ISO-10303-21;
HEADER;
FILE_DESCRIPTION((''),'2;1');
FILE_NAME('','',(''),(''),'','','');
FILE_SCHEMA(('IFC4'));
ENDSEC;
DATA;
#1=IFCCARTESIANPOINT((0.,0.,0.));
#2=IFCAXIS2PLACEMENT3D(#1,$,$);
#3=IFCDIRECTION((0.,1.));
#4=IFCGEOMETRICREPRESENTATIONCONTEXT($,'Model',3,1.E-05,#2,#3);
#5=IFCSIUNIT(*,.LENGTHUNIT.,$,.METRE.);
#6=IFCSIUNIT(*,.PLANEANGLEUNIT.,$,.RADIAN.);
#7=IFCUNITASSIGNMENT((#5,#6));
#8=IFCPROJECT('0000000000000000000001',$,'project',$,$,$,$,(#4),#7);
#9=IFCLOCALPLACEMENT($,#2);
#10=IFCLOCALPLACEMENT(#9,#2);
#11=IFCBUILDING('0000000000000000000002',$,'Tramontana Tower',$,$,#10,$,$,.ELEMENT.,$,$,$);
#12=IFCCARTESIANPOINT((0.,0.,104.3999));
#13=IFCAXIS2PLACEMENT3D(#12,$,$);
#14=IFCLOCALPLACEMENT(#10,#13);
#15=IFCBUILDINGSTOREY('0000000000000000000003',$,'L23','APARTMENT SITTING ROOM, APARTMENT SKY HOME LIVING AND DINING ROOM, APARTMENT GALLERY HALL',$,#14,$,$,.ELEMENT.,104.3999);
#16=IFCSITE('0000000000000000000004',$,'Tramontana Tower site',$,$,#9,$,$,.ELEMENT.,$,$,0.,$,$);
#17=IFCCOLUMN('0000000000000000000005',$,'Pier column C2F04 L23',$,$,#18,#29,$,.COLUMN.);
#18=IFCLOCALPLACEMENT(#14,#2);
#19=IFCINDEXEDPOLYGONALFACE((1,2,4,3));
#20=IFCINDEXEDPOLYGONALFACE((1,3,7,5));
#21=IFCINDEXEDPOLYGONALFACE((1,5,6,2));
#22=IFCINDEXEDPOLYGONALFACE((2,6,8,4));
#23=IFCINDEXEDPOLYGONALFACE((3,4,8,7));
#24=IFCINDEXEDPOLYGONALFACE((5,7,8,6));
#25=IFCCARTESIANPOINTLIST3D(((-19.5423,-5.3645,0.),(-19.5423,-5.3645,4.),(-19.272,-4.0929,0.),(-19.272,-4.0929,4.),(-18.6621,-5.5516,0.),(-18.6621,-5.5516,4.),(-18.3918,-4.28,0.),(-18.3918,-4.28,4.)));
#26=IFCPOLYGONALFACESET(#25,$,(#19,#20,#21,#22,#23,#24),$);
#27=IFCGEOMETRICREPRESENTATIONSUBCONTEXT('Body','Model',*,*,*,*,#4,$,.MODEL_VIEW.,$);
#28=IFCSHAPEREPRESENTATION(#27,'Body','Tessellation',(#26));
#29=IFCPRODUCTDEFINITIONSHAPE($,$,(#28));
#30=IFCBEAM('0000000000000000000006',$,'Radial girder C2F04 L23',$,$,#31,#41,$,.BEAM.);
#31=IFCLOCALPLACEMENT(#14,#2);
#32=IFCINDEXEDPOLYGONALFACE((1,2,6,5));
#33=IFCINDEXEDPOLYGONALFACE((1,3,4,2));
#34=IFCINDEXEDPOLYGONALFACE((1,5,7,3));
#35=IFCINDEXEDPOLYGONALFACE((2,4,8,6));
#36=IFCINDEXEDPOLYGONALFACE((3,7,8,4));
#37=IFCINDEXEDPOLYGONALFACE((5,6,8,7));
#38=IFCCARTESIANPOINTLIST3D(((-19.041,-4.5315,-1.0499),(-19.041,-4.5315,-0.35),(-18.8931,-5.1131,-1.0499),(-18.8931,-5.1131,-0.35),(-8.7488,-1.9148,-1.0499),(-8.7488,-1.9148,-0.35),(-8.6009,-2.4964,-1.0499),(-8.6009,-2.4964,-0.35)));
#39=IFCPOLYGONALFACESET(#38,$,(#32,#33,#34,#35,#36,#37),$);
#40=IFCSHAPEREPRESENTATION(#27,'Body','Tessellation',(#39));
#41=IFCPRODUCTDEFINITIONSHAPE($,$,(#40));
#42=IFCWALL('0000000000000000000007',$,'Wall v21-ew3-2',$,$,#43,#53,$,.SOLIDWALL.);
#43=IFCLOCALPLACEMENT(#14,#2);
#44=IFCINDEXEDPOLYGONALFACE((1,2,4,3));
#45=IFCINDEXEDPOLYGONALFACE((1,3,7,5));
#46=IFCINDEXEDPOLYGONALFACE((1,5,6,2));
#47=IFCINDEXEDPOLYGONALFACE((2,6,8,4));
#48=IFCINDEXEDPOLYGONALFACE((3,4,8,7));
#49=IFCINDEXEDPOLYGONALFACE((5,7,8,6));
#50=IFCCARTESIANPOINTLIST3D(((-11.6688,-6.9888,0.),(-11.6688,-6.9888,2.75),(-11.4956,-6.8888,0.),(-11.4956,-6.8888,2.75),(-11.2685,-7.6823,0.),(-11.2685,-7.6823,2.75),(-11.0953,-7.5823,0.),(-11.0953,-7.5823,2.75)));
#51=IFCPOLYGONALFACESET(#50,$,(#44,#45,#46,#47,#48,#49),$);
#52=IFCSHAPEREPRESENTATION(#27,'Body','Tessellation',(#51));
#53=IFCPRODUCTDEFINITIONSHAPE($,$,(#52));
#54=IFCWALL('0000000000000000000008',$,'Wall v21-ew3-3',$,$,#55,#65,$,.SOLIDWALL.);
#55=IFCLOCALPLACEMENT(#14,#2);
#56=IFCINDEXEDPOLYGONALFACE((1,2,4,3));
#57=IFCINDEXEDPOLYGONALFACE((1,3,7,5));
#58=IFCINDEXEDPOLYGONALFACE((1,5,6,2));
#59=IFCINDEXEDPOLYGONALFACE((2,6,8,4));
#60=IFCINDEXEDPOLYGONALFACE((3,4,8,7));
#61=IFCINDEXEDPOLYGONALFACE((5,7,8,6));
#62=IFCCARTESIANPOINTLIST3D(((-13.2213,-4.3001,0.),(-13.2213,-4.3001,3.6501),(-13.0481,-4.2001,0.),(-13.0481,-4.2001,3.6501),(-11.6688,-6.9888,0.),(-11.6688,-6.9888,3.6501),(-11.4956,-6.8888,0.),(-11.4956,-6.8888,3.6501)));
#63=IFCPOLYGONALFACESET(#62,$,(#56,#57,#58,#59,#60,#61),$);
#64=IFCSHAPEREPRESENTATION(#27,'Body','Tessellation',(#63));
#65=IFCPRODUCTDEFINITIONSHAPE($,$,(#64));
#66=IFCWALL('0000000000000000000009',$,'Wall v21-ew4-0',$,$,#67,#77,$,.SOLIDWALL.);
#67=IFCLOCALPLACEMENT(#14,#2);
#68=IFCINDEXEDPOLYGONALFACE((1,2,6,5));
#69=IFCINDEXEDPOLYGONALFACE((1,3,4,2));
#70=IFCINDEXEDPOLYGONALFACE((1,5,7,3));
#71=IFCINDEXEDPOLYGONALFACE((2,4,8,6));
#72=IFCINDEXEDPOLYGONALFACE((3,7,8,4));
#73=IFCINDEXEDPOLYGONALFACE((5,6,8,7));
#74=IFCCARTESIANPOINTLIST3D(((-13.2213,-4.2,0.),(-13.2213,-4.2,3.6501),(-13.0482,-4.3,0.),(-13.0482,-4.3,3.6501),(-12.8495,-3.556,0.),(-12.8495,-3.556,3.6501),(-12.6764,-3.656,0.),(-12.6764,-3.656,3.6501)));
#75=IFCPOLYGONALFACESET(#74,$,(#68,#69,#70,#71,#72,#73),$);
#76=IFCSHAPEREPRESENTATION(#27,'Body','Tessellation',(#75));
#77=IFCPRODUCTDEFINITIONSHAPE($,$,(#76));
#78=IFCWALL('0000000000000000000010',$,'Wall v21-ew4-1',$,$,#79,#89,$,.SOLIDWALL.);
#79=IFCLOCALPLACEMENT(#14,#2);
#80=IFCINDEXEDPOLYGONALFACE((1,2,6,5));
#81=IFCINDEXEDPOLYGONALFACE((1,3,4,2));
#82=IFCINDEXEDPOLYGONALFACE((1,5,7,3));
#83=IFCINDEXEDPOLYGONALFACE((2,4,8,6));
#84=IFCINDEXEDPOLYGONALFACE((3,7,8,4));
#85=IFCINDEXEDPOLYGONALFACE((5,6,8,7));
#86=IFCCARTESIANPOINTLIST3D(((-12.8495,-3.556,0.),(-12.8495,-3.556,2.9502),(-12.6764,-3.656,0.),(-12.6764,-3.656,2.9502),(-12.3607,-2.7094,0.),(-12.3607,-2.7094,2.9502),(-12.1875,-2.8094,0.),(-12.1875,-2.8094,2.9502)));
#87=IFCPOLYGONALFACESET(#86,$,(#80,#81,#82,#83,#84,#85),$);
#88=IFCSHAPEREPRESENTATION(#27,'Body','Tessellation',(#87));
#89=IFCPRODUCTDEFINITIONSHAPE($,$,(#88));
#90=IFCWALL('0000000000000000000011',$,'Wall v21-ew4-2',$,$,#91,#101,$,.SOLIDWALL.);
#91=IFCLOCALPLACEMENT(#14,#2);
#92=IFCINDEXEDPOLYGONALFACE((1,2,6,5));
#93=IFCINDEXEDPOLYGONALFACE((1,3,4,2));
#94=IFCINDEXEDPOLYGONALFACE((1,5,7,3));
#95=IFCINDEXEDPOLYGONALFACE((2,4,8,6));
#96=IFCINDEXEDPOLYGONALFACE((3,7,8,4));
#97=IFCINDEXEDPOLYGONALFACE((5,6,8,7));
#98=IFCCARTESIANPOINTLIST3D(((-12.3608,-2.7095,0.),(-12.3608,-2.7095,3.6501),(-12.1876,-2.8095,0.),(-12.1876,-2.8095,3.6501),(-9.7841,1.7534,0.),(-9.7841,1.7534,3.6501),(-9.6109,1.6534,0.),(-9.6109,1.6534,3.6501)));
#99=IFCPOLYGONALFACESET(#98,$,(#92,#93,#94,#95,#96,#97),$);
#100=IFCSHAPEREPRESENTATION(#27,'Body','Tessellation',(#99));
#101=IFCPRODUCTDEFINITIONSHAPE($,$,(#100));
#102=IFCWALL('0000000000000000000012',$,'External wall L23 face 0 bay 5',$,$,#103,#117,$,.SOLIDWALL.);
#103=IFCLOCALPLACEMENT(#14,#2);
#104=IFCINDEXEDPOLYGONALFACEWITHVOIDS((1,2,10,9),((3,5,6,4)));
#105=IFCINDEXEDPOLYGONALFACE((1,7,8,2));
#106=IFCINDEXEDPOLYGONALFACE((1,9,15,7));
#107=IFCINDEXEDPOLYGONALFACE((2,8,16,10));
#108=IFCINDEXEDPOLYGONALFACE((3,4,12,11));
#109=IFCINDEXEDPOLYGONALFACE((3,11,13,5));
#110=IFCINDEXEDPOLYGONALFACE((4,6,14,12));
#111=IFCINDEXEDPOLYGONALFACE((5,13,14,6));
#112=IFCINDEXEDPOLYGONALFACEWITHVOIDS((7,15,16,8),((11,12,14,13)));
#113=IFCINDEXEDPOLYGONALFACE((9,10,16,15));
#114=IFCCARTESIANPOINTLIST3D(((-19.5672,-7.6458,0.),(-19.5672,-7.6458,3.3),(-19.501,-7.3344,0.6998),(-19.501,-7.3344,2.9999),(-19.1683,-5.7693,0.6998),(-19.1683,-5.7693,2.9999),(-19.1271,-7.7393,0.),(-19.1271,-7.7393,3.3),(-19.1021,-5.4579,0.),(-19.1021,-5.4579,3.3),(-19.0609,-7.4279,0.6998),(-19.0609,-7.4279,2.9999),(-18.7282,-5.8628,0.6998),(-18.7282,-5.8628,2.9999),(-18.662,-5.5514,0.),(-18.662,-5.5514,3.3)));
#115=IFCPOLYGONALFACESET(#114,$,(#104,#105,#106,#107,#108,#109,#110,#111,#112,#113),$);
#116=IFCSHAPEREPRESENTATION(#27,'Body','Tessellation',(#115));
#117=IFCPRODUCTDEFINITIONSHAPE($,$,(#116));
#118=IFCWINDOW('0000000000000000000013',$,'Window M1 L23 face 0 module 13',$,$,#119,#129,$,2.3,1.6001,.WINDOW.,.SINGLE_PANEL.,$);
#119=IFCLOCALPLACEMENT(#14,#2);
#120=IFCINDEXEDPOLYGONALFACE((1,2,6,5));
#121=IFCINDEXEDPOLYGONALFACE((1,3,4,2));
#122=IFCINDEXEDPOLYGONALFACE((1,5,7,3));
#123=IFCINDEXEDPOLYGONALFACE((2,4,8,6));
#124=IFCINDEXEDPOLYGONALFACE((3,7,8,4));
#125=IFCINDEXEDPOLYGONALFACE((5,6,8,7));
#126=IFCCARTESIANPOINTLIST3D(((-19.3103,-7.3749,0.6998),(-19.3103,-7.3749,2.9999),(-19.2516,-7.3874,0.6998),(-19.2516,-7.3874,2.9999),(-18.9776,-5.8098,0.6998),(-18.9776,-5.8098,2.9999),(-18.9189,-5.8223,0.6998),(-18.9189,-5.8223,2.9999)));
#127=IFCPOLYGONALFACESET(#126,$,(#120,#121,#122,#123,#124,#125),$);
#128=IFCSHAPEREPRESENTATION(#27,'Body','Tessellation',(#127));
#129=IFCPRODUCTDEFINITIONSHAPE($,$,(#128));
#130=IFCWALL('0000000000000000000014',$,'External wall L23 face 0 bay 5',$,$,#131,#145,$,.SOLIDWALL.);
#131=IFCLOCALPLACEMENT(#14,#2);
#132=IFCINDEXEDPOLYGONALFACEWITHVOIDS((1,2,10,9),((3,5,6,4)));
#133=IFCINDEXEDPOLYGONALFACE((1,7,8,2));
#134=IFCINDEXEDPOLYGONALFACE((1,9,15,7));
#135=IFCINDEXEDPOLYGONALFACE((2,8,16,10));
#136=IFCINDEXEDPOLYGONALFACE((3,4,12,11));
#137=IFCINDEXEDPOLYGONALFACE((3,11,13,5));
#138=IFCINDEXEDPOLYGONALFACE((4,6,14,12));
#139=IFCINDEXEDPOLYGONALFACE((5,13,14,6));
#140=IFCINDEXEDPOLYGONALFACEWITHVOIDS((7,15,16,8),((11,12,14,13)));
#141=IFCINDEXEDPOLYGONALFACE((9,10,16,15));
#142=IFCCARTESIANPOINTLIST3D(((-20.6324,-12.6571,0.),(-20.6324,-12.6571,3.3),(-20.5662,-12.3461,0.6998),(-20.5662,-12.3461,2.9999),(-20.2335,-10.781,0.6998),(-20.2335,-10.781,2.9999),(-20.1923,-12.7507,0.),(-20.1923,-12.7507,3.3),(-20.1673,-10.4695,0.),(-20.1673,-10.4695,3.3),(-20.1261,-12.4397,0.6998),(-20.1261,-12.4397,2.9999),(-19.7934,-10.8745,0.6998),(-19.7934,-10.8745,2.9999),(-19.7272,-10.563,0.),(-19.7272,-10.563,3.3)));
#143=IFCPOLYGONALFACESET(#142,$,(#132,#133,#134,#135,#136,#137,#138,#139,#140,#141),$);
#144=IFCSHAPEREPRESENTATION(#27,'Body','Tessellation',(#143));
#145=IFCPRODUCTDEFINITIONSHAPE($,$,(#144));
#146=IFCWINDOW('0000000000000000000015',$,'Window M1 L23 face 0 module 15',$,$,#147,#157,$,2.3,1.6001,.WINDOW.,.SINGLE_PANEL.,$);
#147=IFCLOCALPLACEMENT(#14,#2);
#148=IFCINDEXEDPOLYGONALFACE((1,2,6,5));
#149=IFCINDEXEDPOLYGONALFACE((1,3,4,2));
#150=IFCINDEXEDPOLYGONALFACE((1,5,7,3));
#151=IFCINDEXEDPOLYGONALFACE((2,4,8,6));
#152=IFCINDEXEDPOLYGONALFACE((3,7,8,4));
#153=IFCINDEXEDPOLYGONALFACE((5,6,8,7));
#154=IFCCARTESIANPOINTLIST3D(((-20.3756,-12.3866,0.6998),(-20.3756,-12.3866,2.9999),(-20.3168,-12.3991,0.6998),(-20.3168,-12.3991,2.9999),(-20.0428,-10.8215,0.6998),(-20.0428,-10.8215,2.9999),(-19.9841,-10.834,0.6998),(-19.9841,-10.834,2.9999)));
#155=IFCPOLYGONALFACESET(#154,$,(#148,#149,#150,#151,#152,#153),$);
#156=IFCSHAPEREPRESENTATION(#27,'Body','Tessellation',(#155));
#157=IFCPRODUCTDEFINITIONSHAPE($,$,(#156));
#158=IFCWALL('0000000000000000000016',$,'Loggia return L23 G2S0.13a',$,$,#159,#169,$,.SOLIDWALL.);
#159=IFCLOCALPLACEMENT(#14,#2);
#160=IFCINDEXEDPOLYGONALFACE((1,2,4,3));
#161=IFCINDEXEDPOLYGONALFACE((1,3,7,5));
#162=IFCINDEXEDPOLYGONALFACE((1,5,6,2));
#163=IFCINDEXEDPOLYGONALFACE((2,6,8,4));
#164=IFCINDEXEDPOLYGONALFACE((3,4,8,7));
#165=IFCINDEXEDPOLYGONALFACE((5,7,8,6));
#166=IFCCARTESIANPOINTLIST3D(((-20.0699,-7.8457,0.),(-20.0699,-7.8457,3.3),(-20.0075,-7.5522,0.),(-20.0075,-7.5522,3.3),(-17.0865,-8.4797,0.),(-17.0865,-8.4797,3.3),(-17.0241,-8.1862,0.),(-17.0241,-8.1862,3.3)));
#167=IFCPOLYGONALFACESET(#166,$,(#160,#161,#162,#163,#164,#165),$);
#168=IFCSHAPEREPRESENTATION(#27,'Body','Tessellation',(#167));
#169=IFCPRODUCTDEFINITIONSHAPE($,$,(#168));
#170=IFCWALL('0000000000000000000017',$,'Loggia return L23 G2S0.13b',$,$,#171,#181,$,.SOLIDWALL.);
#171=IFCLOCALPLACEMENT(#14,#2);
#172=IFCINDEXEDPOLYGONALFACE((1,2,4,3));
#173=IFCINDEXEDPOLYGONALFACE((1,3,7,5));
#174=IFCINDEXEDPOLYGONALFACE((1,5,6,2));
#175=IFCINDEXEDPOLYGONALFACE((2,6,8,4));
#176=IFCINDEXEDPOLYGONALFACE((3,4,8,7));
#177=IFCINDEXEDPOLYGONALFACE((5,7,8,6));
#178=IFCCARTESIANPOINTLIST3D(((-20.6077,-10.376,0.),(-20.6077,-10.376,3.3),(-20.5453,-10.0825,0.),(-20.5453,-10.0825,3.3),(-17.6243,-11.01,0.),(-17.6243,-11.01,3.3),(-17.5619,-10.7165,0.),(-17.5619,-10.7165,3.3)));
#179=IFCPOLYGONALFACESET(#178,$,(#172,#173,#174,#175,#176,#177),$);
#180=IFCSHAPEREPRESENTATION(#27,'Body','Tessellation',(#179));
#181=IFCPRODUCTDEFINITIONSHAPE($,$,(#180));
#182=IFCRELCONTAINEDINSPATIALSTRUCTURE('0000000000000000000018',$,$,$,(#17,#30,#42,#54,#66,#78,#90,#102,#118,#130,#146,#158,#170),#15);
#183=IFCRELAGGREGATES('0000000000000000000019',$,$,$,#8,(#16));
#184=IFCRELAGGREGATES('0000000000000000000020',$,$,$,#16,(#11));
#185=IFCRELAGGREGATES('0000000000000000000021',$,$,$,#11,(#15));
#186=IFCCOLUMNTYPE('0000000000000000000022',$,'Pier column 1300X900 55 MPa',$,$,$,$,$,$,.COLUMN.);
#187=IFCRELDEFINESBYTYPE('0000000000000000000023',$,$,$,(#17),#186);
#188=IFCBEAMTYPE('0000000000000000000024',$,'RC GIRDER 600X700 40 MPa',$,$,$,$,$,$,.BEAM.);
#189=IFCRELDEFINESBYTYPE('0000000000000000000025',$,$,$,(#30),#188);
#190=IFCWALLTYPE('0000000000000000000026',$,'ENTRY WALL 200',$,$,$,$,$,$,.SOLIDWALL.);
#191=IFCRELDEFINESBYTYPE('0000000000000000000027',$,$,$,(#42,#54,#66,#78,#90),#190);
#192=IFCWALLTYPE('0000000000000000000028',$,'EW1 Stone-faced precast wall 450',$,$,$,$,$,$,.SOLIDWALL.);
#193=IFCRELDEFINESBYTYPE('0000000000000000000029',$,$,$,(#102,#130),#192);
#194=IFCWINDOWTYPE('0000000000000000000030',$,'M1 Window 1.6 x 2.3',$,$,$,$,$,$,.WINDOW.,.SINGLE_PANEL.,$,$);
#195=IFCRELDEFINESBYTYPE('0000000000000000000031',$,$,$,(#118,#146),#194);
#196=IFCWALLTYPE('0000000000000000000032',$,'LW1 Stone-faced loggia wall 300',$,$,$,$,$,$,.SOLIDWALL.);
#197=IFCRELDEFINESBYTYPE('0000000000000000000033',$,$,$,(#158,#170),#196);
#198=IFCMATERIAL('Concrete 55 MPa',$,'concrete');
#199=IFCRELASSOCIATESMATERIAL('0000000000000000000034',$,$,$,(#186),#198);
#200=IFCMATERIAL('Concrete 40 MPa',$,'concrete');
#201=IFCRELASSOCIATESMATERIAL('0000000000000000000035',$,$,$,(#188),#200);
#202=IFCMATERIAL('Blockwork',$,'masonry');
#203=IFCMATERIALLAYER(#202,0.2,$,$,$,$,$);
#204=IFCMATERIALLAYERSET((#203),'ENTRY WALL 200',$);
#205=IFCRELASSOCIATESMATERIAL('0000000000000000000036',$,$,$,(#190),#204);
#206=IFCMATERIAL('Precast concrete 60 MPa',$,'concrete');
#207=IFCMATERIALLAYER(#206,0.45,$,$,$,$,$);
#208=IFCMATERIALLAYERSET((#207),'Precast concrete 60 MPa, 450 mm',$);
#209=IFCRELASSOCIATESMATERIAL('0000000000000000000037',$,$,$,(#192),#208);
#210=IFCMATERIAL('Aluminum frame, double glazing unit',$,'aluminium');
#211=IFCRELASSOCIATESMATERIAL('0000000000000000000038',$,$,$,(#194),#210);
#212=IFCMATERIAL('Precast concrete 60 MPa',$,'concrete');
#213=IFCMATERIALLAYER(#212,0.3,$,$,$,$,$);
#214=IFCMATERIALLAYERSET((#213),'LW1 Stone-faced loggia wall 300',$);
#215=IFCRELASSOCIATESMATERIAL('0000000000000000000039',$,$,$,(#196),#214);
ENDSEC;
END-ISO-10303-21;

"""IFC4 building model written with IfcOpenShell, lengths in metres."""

from ifc_helpers import new_model, si_unit, direction, frame, frame_2d, origin, origin_2d, place, context, subcontext, project, spatial, rectangle, extrude, material, layer, layer_set, material_profile, profile_set, type_object, element, fill, save


model = new_model("IFC4")

# Units and contexts
model_context = context("Model", 3, precision=1e-05, world=origin(), true_north=direction((0.0, 1.0)))
body_context = subcontext(model_context, "Body", "Model", "MODEL_VIEW")
ifc_project = project(units=[si_unit("LENGTHUNIT", "METRE"), si_unit("PLANEANGLEUNIT", "RADIAN")], contexts=[model_context])

# Site, building, storey
site_placement = place(None, origin())
site = spatial("IfcSite", under=ifc_project, at=site_placement, Name="Tramontana Tower site", CompositionType="ELEMENT", RefElevation=0.0)
building_placement = place(site_placement, origin())
building = spatial("IfcBuilding", under=site, at=building_placement, Name="Tramontana Tower", CompositionType="ELEMENT")
storey_placement = place(building_placement, frame((0.0, 0.0, 104.3999)))
storey = spatial("IfcBuildingStorey", under=building, at=storey_placement, Name="L23", Description="APARTMENT SITTING ROOM, APARTMENT SKY HOME LIVING AND DINING ROOM, APARTMENT GALLERY HALL", CompositionType="ELEMENT", Elevation=104.3999)

# Column
ifc_material_1 = material(Name="Concrete 55 MPa", Category="concrete")
ifc_material_profile_1 = material_profile(ifc_material_1, rectangle(XDim=1.3, YDim=0.8999, at=origin_2d()), Name="Pier column 1300X900 55 MPa")
ifc_profile_set_1 = profile_set([ifc_material_profile_1], Name="Concrete 55 MPa")
column_type = type_object("IfcColumnType", Name="Pier column 1300X900 55 MPa", PredefinedType="COLUMN", material=ifc_profile_set_1)
column_placement = place(storey_placement, frame((-18.967, -4.8223, 0.0), z_axis=(0.0, 0.0, 1.0), x_axis=(-0.207912, -0.978148, 0.0)))
element("IfcColumn", 1, at=column_placement, inside=storey, type_object=column_type, Name="Pier column C2F04 L23", PredefinedType="COLUMN", context=body_context, shape_type="SweptSolid", body=[
    extrude(rectangle(XDim=1.3, YDim=0.8999, at=origin_2d()), origin(), (0.0, 0.0, 1.0), 4.0),
])

# Beam
ifc_material_2 = material(Name="Concrete 40 MPa", Category="concrete")
ifc_material_profile_2 = material_profile(ifc_material_2, rectangle(XDim=0.6001, YDim=0.7, at=origin_2d()), Name="RC GIRDER 600X700 40 MPa")
ifc_profile_set_2 = profile_set([ifc_material_profile_2], Name="Concrete 40 MPa")
beam_type = type_object("IfcBeamType", Name="RC GIRDER 600X700 40 MPa", PredefinedType="BEAM", material=ifc_profile_set_2)
beam_placement = place(storey_placement, frame((-18.967, -4.8223, -0.7), z_axis=(0.969168, 0.246401, 0.0), x_axis=(-0.246401, 0.969168, 0.0)))
element("IfcBeam", 2, at=beam_placement, inside=storey, type_object=beam_type, Name="Radial girder C2F04 L23", PredefinedType="BEAM", context=body_context, shape_type="SweptSolid", body=[
    extrude(rectangle(XDim=0.6001, YDim=0.7, at=origin_2d()), origin(), (0.0, 0.0, 1.0), 10.6196),
])

# Walls
ifc_material_3 = material(Name="Blockwork", Category="masonry")
ifc_layer_1 = layer(ifc_material_3, 0.2)
ifc_layer_set_1 = layer_set([ifc_layer_1], Name="ENTRY WALL 200")
wall_type_1 = type_object("IfcWallType", Name="ENTRY WALL 200", PredefinedType="SOLIDWALL", material=ifc_layer_set_1)
wall_1_placement = place(storey_placement, frame((-11.1819, -7.6323, 0.0), z_axis=(0.0, 0.0, 1.0), x_axis=(-0.499942, 0.866059, 0.0)))
element("IfcWall", 3, at=wall_1_placement, inside=storey, type_object=wall_type_1, Name="Wall v21-ew3-2", PredefinedType="SOLIDWALL", context=body_context, shape_type="SweptSolid", body=[
    extrude(rectangle(XDim=0.8008, YDim=0.2, at=frame_2d((0.4004, 0.0))), origin(), (0.0, 0.0, 1.0), 2.75),
])
wall_2_placement = place(storey_placement, frame((-11.5823, -6.9387, 0.0), z_axis=(0.0, 0.0, 1.0), x_axis=(-0.500038, 0.866004, 0.0)))
element("IfcWall", 4, at=wall_2_placement, inside=storey, type_object=wall_type_1, Name="Wall v21-ew3-3", PredefinedType="SOLIDWALL", context=body_context, shape_type="SweptSolid", body=[
    extrude(rectangle(XDim=3.1047, YDim=0.2, at=frame_2d((1.5522, 0.0))), origin(), (0.0, 0.0, 1.0), 3.6501),
])
wall_3_placement = place(storey_placement, frame((-13.1348, -4.25, 0.0), z_axis=(0.0, 0.0, 1.0), x_axis=(0.499988, 0.866033, 0.0)))
element("IfcWall", 5, at=wall_3_placement, inside=storey, type_object=wall_type_1, Name="Wall v21-ew4-0", PredefinedType="SOLIDWALL", context=body_context, shape_type="SweptSolid", body=[
    extrude(rectangle(XDim=0.7437, YDim=0.2, at=frame_2d((0.3718, 0.0))), origin(), (0.0, 0.0, 1.0), 3.6501),
])
wall_4_placement = place(storey_placement, frame((-12.7629, -3.606, 0.0), z_axis=(0.0, 0.0, 1.0), x_axis=(0.500061, 0.86599, 0.0)))
element("IfcWall", 6, at=wall_4_placement, inside=storey, type_object=wall_type_1, Name="Wall v21-ew4-1", PredefinedType="SOLIDWALL", context=body_context, shape_type="SweptSolid", body=[
    extrude(rectangle(XDim=0.9775, YDim=0.2, at=frame_2d((0.4888, 0.0))), origin(), (0.0, 0.0, 1.0), 2.9502),
])
wall_5_placement = place(storey_placement, frame((-12.2742, -2.7595, 0.0), z_axis=(0.0, 0.0, 1.0), x_axis=(0.500001, 0.866025, 0.0)))
element("IfcWall", 7, at=wall_5_placement, inside=storey, type_object=wall_type_1, Name="Wall v21-ew4-2", PredefinedType="SOLIDWALL", context=body_context, shape_type="SweptSolid", body=[
    extrude(rectangle(XDim=5.1533, YDim=0.2, at=frame_2d((2.5767, 0.0))), origin(), (0.0, 0.0, 1.0), 3.6501),
])

# Walls, openings, windows
ifc_material_4 = material(Name="Precast concrete 60 MPa", Category="concrete")
ifc_layer_2 = layer(ifc_material_4, 0.45)
ifc_layer_set_2 = layer_set([ifc_layer_2], Name="Precast concrete 60 MPa, 450 mm")
wall_type_2 = type_object("IfcWallType", Name="EW1 Stone-faced precast wall 450", PredefinedType="SOLIDWALL", material=ifc_layer_set_2)
wall_6_placement = place(storey_placement, frame((-18.8821, -5.5046, 0.0), z_axis=(0.0, 0.0, 1.0), x_axis=(-0.207919, -0.978146, 0.0)))
wall_6 = element("IfcWall", 8, at=wall_6_placement, inside=storey, type_object=wall_type_2, Name="External wall L23 face 0 bay 5", PredefinedType="SOLIDWALL", context=body_context, shape_type="SweptSolid", body=[
    extrude(rectangle(XDim=2.2368, YDim=0.45, at=frame_2d((1.1184, 0.0))), origin(), (0.0, 0.0, 1.0), 3.3),
])
opening_1_placement = place(wall_6_placement, frame((0.3184, 0.0, 0.7)))
opening_1 = element("IfcOpeningElement", 9, at=opening_1_placement, cuts=wall_6, PredefinedType="OPENING", context=body_context, shape_type="SweptSolid", body=[
    extrude(rectangle(XDim=1.6001, YDim=2.3, at=frame_2d((0.8, 1.1499))), frame((0.0, 0.2349, 0.0), z_axis=(0.0, -1.0, 0.0), x_axis=(1.0, 0.0, 0.0)), (0.0, 0.0, 1.0), 0.47),
])
ifc_material_5 = material(Name="Aluminum frame, double glazing unit", Category="aluminium")
window_type = type_object("IfcWindowType", Name="M1 Window 1.6 x 2.3", PartitioningType="SINGLE_PANEL", PredefinedType="WINDOW", material=ifc_material_5)
window_1_placement = place(opening_1_placement, origin())
window_1 = element("IfcWindow", 10, at=window_1_placement, inside=storey, type_object=window_type, Name="Window M1 L23 face 0 module 13", OverallHeight=2.3, OverallWidth=1.6001, PartitioningType="SINGLE_PANEL", PredefinedType="WINDOW", context=body_context, shape_type="SweptSolid", body=[
    extrude(rectangle(XDim=1.6001, YDim=2.3, at=frame_2d((0.8, 1.1499))), frame((0.0, 0.03, 0.0), z_axis=(0.0, -1.0, 0.0), x_axis=(1.0, 0.0, 0.0)), (0.0, 0.0, 1.0), 0.0601),
])
fill(opening_1, window_1)
wall_7_placement = place(storey_placement, frame((-19.9473, -10.5164, 0.0), z_axis=(0.0, 0.0, 1.0), x_axis=(-0.207941, -0.978141, 0.0)))
wall_7 = element("IfcWall", 11, at=wall_7_placement, inside=storey, type_object=wall_type_2, Name="External wall L23 face 0 bay 5", PredefinedType="SOLIDWALL", context=body_context, shape_type="SweptSolid", body=[
    extrude(rectangle(XDim=2.2366, YDim=0.45, at=frame_2d((1.1182, 0.0))), origin(), (0.0, 0.0, 1.0), 3.3),
])
opening_2_placement = place(wall_7_placement, frame((0.3184, 0.0, 0.7)))
opening_2 = element("IfcOpeningElement", 12, at=opening_2_placement, cuts=wall_7, PredefinedType="OPENING", context=body_context, shape_type="SweptSolid", body=[
    extrude(rectangle(XDim=1.6001, YDim=2.3, at=frame_2d((0.8, 1.1499))), frame((0.0, 0.2349, 0.0), z_axis=(0.0, -1.0, 0.0), x_axis=(1.0, 0.0, 0.0)), (0.0, 0.0, 1.0), 0.47),
])
window_2_placement = place(opening_2_placement, origin())
window_2 = element("IfcWindow", 13, at=window_2_placement, inside=storey, type_object=window_type, Name="Window M1 L23 face 0 module 15", OverallHeight=2.3, OverallWidth=1.6001, PartitioningType="SINGLE_PANEL", PredefinedType="WINDOW", context=body_context, shape_type="SweptSolid", body=[
    extrude(rectangle(XDim=1.6001, YDim=2.3, at=frame_2d((0.8, 1.1499))), frame((0.0, 0.03, 0.0), z_axis=(0.0, -1.0, 0.0), x_axis=(1.0, 0.0, 0.0)), (0.0, 0.0, 1.0), 0.0601),
])
fill(opening_2, window_2)

# Shared definitions
ifc_material_6 = material(Name="Precast concrete 60 MPa", Category="concrete")
ifc_layer_3 = layer(ifc_material_6, 0.3)
ifc_layer_set_3 = layer_set([ifc_layer_3], Name="LW1 Stone-faced loggia wall 300")
wall_type_3 = type_object("IfcWallType", Name="LW1 Stone-faced loggia wall 300", PredefinedType="SOLIDWALL", material=ifc_layer_set_3)

# Walls
for number, where, z_axis, x_axis, name in (
    (14, (-20.0386, -7.699, 0.0), (0.0, 0.0, 1.0), (0.978155, -0.207878, 0.0), "Loggia return L23 G2S0.13a"),
    (15, (-20.5764, -10.2292, 0.0), (0.0, 0.0, 1.0), (0.978155, -0.207878, 0.0), "Loggia return L23 G2S0.13b"),
):
    element("IfcWall", number, at=place(storey_placement, frame(where, z_axis=z_axis, x_axis=x_axis)), inside=storey, type_object=wall_type_3, Name=name, PredefinedType="SOLIDWALL", context=body_context, shape_type="SweptSolid", body=[
        extrude(rectangle(XDim=3.05, YDim=0.3, at=frame_2d((1.5249, 0.0))), origin(), (0.0, 0.0, 1.0), 3.3),
    ])

save(model, "model.ifc")
